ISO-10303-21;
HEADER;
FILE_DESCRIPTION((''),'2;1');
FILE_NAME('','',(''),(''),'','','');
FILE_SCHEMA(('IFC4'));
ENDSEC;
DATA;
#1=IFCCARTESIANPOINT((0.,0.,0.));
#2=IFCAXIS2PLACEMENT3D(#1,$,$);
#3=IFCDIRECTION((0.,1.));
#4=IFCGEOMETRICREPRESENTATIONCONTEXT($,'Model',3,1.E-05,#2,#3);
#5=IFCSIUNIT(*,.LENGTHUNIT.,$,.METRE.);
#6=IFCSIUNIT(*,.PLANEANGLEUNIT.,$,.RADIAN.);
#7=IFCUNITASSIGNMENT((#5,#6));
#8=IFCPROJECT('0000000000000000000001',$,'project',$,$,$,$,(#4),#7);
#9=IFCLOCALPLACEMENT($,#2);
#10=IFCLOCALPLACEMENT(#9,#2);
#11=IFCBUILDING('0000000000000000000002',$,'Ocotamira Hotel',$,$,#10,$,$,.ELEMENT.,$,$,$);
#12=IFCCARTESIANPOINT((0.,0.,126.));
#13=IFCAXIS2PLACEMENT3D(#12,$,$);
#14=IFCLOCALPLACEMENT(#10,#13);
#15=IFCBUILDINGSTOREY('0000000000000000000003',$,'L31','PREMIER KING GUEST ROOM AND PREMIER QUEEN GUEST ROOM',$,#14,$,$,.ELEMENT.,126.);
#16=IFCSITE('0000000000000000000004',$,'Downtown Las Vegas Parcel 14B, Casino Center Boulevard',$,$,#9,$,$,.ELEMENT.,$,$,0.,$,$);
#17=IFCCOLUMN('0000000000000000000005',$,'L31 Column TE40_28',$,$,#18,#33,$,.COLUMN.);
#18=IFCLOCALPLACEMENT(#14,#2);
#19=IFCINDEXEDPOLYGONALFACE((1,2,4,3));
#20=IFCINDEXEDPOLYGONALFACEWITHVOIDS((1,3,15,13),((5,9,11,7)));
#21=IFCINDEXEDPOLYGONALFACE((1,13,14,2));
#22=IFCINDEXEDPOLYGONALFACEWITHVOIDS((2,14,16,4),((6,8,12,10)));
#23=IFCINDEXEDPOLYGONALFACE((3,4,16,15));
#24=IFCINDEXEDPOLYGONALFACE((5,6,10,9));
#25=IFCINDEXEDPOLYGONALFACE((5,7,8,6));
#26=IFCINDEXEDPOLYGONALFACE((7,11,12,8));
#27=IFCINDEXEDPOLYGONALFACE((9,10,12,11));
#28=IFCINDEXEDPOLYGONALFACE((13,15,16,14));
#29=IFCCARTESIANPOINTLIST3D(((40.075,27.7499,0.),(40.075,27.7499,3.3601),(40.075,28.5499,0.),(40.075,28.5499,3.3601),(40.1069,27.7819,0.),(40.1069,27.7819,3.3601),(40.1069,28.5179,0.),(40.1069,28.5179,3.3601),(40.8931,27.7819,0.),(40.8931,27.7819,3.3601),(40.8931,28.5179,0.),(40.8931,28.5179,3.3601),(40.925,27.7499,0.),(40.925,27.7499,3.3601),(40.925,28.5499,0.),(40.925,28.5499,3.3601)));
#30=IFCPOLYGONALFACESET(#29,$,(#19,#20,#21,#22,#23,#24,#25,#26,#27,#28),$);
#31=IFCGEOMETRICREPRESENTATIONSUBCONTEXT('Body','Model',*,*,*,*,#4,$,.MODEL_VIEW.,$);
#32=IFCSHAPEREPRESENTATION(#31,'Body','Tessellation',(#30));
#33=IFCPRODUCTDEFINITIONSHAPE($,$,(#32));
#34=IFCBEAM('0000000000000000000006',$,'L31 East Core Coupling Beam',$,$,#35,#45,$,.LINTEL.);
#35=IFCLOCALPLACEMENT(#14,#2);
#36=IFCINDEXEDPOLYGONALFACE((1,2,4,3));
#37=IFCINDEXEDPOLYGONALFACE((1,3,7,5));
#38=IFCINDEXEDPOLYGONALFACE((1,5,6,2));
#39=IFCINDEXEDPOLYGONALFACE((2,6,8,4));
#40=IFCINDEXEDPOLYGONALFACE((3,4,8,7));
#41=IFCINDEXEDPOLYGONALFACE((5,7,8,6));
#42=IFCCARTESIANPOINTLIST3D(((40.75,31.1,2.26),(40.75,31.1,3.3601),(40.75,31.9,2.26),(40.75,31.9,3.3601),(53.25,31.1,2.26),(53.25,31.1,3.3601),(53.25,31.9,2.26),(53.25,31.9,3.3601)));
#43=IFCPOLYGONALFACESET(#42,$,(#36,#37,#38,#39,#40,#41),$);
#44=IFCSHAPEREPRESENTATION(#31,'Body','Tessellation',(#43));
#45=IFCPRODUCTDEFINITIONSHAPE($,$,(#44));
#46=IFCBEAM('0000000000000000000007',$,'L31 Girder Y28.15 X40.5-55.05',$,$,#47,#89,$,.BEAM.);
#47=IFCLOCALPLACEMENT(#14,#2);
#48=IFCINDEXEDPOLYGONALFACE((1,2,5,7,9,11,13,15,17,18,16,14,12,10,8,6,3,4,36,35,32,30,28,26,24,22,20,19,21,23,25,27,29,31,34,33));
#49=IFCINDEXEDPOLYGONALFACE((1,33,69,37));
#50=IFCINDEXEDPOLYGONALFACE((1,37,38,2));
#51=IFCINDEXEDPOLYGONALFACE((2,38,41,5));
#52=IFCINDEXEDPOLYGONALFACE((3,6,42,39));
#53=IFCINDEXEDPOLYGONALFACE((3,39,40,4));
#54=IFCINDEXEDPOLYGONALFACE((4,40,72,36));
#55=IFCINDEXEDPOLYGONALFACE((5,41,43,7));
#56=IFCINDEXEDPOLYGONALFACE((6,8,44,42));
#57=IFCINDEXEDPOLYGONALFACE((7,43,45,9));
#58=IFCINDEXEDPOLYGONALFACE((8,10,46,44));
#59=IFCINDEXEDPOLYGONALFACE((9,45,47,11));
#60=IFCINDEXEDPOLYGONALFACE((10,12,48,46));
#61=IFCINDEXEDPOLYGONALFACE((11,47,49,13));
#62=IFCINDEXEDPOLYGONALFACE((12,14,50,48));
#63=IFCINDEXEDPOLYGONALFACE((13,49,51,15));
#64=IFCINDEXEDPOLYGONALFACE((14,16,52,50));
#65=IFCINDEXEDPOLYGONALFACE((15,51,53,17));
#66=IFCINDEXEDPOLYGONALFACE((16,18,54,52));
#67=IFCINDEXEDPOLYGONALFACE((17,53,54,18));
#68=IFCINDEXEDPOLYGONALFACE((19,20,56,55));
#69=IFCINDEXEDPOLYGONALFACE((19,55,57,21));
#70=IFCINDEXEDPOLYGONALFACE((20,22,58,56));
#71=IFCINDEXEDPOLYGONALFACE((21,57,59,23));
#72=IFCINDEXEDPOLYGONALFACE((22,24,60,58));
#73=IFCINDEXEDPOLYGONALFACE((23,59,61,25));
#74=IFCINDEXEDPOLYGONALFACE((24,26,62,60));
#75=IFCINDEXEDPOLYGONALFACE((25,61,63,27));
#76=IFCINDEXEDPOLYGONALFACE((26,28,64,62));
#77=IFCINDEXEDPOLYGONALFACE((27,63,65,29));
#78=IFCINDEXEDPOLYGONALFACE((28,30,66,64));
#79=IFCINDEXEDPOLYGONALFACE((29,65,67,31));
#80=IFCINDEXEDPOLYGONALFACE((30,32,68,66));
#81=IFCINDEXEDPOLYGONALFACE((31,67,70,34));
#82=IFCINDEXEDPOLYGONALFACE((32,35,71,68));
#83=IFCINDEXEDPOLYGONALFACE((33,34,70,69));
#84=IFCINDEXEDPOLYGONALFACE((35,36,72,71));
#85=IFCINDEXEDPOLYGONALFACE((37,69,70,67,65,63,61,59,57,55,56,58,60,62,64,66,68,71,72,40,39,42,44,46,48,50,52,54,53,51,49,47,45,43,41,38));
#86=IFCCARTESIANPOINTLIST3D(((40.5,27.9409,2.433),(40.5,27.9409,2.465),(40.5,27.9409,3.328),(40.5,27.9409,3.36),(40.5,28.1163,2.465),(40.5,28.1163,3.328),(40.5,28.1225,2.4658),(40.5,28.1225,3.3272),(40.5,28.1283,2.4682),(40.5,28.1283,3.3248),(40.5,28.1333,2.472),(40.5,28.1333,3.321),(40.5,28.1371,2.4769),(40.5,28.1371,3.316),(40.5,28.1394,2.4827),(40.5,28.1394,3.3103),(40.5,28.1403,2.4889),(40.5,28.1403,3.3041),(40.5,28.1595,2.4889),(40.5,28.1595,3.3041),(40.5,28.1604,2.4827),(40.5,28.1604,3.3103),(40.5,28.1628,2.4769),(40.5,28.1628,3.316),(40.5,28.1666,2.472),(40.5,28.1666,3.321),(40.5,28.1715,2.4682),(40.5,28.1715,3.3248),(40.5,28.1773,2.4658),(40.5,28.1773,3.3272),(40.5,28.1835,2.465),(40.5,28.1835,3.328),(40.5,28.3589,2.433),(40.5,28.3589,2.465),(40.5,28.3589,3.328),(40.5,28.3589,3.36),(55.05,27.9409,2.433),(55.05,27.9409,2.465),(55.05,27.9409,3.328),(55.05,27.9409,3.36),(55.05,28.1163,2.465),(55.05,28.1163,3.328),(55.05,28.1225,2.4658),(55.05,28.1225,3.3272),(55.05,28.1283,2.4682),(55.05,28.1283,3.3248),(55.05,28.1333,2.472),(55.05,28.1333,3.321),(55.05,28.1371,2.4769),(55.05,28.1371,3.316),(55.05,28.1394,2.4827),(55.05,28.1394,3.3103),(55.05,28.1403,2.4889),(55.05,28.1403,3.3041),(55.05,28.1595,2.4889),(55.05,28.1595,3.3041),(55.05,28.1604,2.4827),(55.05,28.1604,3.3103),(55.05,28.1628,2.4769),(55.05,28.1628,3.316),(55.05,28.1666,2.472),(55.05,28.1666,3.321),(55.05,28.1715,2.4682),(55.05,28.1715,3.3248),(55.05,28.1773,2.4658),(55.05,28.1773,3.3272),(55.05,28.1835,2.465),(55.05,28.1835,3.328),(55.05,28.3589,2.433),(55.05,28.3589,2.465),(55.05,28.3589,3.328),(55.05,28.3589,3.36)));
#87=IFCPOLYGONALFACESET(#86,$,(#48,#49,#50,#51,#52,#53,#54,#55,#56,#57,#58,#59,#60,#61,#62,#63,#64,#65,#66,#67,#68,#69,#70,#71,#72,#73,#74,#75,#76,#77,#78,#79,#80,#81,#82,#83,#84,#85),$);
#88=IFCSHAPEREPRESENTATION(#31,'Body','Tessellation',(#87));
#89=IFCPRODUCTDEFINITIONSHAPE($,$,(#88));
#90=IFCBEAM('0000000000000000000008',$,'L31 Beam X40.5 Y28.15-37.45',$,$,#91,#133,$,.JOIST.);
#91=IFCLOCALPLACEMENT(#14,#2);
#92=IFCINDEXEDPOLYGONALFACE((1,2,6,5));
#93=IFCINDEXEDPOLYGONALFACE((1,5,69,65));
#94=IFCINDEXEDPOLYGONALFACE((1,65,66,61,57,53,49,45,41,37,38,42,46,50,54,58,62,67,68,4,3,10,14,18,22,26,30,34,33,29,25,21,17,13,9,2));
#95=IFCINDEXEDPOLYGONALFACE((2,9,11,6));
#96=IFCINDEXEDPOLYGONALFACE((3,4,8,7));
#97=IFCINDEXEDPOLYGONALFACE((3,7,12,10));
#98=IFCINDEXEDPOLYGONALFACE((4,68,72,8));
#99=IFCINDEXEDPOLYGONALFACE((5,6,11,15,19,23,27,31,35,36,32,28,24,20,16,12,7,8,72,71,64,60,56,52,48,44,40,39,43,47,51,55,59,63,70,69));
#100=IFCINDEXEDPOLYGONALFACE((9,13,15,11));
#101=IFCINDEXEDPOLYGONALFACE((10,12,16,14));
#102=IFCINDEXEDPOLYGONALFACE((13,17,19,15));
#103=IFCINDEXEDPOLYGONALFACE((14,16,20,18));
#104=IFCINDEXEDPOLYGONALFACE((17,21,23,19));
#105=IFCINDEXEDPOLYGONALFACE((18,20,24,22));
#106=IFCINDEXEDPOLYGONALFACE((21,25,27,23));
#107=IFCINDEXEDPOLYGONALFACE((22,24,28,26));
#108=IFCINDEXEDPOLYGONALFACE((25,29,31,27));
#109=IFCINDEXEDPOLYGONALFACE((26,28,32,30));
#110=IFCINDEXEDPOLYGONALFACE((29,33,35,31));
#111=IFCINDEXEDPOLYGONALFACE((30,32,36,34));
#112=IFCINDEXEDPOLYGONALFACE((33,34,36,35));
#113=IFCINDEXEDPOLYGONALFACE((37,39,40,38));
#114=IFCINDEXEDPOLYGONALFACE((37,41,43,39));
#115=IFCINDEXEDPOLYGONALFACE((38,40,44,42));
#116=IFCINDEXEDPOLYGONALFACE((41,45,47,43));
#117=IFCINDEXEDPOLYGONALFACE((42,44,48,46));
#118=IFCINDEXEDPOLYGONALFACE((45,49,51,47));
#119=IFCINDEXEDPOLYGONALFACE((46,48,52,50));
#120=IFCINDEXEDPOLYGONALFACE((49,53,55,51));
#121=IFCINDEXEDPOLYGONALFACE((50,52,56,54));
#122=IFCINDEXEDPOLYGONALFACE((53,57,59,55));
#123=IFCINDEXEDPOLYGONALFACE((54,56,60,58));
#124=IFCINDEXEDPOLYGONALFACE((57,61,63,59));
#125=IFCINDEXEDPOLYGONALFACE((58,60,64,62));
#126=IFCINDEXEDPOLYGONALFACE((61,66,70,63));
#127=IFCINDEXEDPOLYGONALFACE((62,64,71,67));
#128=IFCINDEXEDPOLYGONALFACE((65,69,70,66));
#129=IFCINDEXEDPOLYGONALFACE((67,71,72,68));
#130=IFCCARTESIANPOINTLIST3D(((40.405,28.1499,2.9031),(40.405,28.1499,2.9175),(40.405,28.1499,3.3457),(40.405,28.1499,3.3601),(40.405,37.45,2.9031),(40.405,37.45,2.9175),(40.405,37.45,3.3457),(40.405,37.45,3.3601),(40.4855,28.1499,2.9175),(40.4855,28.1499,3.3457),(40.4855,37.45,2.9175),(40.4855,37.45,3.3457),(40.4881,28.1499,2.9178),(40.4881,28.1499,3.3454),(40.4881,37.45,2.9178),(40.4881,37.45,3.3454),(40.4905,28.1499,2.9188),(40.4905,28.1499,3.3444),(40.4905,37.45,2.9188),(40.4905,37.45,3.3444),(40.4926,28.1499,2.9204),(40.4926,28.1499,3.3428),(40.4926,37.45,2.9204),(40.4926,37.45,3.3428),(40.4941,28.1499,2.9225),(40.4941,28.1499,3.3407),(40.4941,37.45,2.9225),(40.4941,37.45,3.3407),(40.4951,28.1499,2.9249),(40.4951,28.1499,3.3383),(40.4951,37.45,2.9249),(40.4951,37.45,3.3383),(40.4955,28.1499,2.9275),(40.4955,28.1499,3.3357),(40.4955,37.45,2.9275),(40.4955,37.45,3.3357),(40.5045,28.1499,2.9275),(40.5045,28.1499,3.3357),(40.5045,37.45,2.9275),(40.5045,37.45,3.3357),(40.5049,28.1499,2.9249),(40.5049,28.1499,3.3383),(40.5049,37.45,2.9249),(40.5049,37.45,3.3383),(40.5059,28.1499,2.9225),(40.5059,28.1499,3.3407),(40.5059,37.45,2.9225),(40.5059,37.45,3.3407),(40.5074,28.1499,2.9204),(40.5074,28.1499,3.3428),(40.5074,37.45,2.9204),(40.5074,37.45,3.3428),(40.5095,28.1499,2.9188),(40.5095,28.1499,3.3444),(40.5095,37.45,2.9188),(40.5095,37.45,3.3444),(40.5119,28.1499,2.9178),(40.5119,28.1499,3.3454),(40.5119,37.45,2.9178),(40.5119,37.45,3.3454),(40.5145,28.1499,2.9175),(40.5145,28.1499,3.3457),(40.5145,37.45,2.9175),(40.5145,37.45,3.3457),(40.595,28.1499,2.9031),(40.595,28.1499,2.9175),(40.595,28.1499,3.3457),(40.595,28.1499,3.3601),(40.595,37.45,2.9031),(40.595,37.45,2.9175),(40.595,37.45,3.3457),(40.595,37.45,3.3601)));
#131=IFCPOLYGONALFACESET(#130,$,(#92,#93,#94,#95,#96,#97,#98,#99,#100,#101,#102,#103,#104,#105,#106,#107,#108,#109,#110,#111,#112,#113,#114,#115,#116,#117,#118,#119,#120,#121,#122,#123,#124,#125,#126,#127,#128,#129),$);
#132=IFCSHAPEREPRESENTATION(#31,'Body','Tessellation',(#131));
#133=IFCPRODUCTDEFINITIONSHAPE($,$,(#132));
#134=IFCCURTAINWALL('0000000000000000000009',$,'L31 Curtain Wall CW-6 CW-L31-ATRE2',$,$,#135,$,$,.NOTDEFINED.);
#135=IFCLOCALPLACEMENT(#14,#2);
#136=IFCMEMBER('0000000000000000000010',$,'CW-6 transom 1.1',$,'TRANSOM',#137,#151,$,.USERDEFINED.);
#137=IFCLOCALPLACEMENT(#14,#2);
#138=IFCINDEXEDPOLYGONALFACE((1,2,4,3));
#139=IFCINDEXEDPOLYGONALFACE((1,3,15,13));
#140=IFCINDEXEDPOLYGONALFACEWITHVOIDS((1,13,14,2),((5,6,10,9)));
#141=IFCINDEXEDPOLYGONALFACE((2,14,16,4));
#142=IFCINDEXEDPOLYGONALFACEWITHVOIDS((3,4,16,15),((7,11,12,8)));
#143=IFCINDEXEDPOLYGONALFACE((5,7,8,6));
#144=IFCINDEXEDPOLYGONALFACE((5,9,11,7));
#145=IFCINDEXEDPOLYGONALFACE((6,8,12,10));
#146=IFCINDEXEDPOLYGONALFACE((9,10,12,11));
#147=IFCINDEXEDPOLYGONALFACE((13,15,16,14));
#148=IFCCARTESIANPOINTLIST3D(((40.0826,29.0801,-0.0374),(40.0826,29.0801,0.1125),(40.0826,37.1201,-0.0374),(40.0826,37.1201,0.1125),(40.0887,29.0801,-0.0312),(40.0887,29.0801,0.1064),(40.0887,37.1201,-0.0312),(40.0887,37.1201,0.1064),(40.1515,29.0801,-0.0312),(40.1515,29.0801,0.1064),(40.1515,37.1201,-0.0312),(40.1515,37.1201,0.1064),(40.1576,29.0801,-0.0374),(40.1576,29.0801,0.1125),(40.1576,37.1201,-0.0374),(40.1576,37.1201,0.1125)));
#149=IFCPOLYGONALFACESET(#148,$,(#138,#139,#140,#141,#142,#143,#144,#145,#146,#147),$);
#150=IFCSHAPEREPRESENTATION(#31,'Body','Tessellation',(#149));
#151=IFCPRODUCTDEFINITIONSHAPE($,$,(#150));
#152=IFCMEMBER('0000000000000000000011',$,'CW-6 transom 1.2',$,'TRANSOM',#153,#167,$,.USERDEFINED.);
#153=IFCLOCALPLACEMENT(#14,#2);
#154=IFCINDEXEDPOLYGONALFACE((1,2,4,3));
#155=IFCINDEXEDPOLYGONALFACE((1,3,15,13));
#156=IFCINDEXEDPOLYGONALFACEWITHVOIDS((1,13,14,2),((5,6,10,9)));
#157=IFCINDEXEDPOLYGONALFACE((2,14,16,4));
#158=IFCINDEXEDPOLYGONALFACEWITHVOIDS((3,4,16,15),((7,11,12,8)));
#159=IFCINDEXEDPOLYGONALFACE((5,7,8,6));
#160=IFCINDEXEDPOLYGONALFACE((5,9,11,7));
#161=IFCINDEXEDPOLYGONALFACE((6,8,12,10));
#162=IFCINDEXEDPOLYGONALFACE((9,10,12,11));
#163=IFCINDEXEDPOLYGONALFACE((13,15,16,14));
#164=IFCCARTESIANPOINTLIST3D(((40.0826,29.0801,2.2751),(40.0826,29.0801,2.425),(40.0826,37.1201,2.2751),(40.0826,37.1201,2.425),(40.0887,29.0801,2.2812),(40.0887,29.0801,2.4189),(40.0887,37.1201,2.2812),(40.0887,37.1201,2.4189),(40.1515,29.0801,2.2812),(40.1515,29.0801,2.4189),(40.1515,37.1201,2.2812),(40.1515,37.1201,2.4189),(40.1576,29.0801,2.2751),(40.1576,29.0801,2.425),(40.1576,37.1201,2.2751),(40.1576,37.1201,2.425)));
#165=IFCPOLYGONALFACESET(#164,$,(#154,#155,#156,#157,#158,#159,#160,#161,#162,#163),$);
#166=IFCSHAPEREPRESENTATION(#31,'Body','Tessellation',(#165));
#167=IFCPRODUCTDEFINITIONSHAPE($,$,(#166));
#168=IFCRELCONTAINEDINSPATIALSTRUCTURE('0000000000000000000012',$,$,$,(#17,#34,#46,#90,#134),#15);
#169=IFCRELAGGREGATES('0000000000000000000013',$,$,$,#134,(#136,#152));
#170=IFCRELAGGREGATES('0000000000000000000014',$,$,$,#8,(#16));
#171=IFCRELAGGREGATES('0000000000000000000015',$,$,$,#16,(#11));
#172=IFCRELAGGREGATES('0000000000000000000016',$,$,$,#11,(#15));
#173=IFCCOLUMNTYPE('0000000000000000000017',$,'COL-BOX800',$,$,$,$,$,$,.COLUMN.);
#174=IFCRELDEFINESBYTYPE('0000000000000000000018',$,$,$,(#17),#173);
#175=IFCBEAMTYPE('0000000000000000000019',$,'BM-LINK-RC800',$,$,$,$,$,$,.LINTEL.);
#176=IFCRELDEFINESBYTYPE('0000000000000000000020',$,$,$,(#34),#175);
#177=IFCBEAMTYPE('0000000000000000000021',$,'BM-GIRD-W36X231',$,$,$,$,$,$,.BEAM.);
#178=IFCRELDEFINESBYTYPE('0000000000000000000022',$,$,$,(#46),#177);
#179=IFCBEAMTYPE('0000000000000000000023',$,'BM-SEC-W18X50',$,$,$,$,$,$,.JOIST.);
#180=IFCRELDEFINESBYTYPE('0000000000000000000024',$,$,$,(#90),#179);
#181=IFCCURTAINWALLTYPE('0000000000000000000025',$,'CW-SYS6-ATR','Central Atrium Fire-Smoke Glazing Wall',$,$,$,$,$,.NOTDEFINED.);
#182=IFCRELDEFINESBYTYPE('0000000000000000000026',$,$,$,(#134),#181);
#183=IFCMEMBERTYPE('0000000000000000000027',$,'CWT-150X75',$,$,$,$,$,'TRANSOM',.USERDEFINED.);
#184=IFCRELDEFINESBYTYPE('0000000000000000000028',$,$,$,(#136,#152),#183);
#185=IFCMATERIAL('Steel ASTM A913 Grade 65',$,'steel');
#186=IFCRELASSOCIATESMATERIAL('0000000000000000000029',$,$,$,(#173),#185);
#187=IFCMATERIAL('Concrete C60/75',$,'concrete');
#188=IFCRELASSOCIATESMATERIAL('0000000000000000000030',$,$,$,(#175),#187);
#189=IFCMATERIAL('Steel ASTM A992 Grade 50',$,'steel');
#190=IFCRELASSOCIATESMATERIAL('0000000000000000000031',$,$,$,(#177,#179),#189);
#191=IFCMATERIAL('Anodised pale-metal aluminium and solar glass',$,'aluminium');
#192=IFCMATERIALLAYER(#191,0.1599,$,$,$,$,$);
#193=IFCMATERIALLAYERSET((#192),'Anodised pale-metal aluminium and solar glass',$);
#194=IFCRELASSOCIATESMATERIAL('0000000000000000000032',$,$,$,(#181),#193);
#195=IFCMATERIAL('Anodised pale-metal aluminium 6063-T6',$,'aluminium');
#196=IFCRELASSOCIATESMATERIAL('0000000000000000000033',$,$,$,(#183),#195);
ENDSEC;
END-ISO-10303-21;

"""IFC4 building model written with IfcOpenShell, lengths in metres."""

from ifc_helpers import new_model, si_unit, direction, frame, origin, origin_2d, place, context, subcontext, project, spatial, rectangle, hollow_rectangle, i_section, extrude, source, transform, mapped, material, layer, layer_set, material_profile, profile_set, type_object, element, aggregate, save


model = new_model("IFC4")

# Units and contexts
model_context = context("Model", 3, precision=1e-05, world=origin(), true_north=direction((0.0, 1.0)))
body_context = subcontext(model_context, "Body", "Model", "MODEL_VIEW")
ifc_project = project(units=[si_unit("LENGTHUNIT", "METRE"), si_unit("PLANEANGLEUNIT", "RADIAN")], contexts=[model_context])

# Site, building, storey
site_placement = place(None, origin())
site = spatial("IfcSite", under=ifc_project, at=site_placement, Name="Downtown Las Vegas Parcel 14B, Casino Center Boulevard", CompositionType="ELEMENT", RefElevation=0.0)
building_placement = place(site_placement, origin())
building = spatial("IfcBuilding", under=site, at=building_placement, Name="Ocotamira Hotel", CompositionType="ELEMENT")
storey_placement = place(building_placement, frame((0.0, 0.0, 126.0)))
storey = spatial("IfcBuildingStorey", under=building, at=storey_placement, Name="L31", Description="PREMIER KING GUEST ROOM AND PREMIER QUEEN GUEST ROOM", CompositionType="ELEMENT", Elevation=126.0)

# Column
ifc_material_1 = material(Name="Steel ASTM A913 Grade 65", Category="steel")
ifc_material_profile_1 = material_profile(ifc_material_1, hollow_rectangle(XDim=0.8501, YDim=0.8, WallThickness=0.032, at=origin_2d()), Name="BOX800X850X32")
ifc_profile_set_1 = profile_set([ifc_material_profile_1], Name="Steel ASTM A913 Grade 65")
column_type = type_object("IfcColumnType", Name="COL-BOX800", PredefinedType="COLUMN", material=ifc_profile_set_1)
shared_shape_1 = source(origin(), body_context, "Body", "SweptSolid", [
    extrude(hollow_rectangle(XDim=0.8501, YDim=0.8, WallThickness=0.032, at=origin_2d()), origin(), (0.0, 0.0, 1.0), 3.3601),
])
column_placement = place(storey_placement, frame((40.5, 28.1499, 0.0), z_axis=(0.0, 0.0, 1.0), x_axis=(1.0, 0.0, 0.0)))
element("IfcColumn", 1, at=column_placement, inside=storey, type_object=column_type, Name="L31 Column TE40_28", PredefinedType="COLUMN", context=body_context, shape_type="MappedRepresentation", body=[
    mapped(shared_shape_1, transform((0.0, 0.0, 0.0), scale=1.0)),
])

# Beams
ifc_material_2 = material(Name="Concrete C60/75", Category="concrete")
ifc_material_profile_2 = material_profile(ifc_material_2, rectangle(XDim=0.8, YDim=1.1001, at=origin_2d()), Name="RC800X1100")
ifc_profile_set_2 = profile_set([ifc_material_profile_2], Name="Concrete C60/75")
beam_type_1 = type_object("IfcBeamType", Name="BM-LINK-RC800", PredefinedType="LINTEL", material=ifc_profile_set_2)
shared_shape_2 = source(origin(), body_context, "Body", "SweptSolid", [
    extrude(rectangle(XDim=0.8, YDim=1.1001, at=origin_2d()), origin(), (0.0, 0.0, 1.0), 12.5),
])
beam_1_placement = place(storey_placement, frame((40.75, 31.5, 2.8101), z_axis=(1.0, 0.0, 0.0), x_axis=(0.0, 1.0, 0.0)))
element("IfcBeam", 2, at=beam_1_placement, inside=storey, type_object=beam_type_1, Name="L31 East Core Coupling Beam", PredefinedType="LINTEL", context=body_context, shape_type="MappedRepresentation", body=[
    mapped(shared_shape_2, transform((0.0, 0.0, 0.0), scale=1.0)),
])
ifc_material_3 = material(Name="Steel ASTM A992 Grade 50", Category="steel")
ifc_material_profile_3 = material_profile(ifc_material_3, i_section(OverallWidth=0.418, OverallDepth=0.927, WebThickness=0.0193, FlangeThickness=0.032, FilletRadius=0.0239, at=origin_2d()), Name="W36X231")
ifc_profile_set_3 = profile_set([ifc_material_profile_3], Name="Steel ASTM A992 Grade 50")
beam_type_2 = type_object("IfcBeamType", Name="BM-GIRD-W36X231", PredefinedType="BEAM", material=ifc_profile_set_3)
shared_shape_3 = source(origin(), body_context, "Body", "SweptSolid", [
    extrude(i_section(OverallWidth=0.418, OverallDepth=0.927, WebThickness=0.0193, FlangeThickness=0.032, FilletRadius=0.0239, at=origin_2d()), origin(), (0.0, 0.0, 1.0), 14.55),
])
beam_2_placement = place(storey_placement, frame((40.5, 28.1499, 2.8965), z_axis=(1.0, 0.0, 0.0), x_axis=(0.0, 1.0, 0.0)))
element("IfcBeam", 3, at=beam_2_placement, inside=storey, type_object=beam_type_2, Name="L31 Girder Y28.15 X40.5-55.05", PredefinedType="BEAM", context=body_context, shape_type="MappedRepresentation", body=[
    mapped(shared_shape_3, transform((0.0, 0.0, 0.0), scale=1.0)),
])
ifc_material_profile_4 = material_profile(ifc_material_3, i_section(OverallWidth=0.1899, OverallDepth=0.457, WebThickness=0.009, FlangeThickness=0.0144, FilletRadius=0.01, at=origin_2d()), Name="W18X50")
ifc_profile_set_4 = profile_set([ifc_material_profile_4], Name="Steel ASTM A992 Grade 50")
beam_type_3 = type_object("IfcBeamType", Name="BM-SEC-W18X50", PredefinedType="JOIST", material=ifc_profile_set_4)
shared_shape_4 = source(origin(), body_context, "Body", "SweptSolid", [
    extrude(i_section(OverallWidth=0.1899, OverallDepth=0.457, WebThickness=0.009, FlangeThickness=0.0144, FilletRadius=0.01, at=origin_2d()), origin(), (0.0, 0.0, 1.0), 9.3),
])
beam_3_placement = place(storey_placement, frame((40.5, 28.1499, 3.1316), z_axis=(0.0, 1.0, 0.0), x_axis=(-1.0, 0.0, 0.0)))
element("IfcBeam", 4, at=beam_3_placement, inside=storey, type_object=beam_type_3, Name="L31 Beam X40.5 Y28.15-37.45", PredefinedType="JOIST", context=body_context, shape_type="MappedRepresentation", body=[
    mapped(shared_shape_4, transform((0.0, 0.0, 0.0), scale=1.0)),
])

# Curtain wall, members
ifc_material_4 = material(Name="Anodised pale-metal aluminium and solar glass", Category="aluminium")
ifc_layer_1 = layer(ifc_material_4, 0.1599)
ifc_layer_set_1 = layer_set([ifc_layer_1], Name="Anodised pale-metal aluminium and solar glass")
curtain_wall_type = type_object("IfcCurtainWallType", Name="CW-SYS6-ATR", Description="Central Atrium Fire-Smoke Glazing Wall", PredefinedType="NOTDEFINED", material=ifc_layer_set_1)
curtain_wall_placement = place(storey_placement, origin())
curtain_wall = element("IfcCurtainWall", 5, at=curtain_wall_placement, inside=storey, type_object=curtain_wall_type, Name="L31 Curtain Wall CW-6 CW-L31-ATRE2", PredefinedType="NOTDEFINED")
ifc_material_5 = material(Name="Anodised pale-metal aluminium 6063-T6", Category="aluminium")
ifc_material_profile_5 = material_profile(ifc_material_5, hollow_rectangle(XDim=0.075, YDim=0.1499, WallThickness=0.0061, at=origin_2d()), Name="HSS150X75X6")
ifc_profile_set_5 = profile_set([ifc_material_profile_5], Name="Anodised pale-metal aluminium 6063-T6")
member_type_1 = type_object("IfcMemberType", Name="CWT-150X75", ElementType="TRANSOM", PredefinedType="USERDEFINED", material=ifc_profile_set_5)
shared_shape_5 = source(origin(), body_context, "Body", "SweptSolid", [
    extrude(hollow_rectangle(XDim=0.075, YDim=0.1499, WallThickness=0.0061, at=origin_2d()), origin(), (0.0, 0.0, 1.0), 8.04),
])
member_1_placement = place(storey_placement, frame((40.1201, 29.0801, 0.0376), z_axis=(0.0, 1.0, 0.0), x_axis=(-1.0, 0.0, 0.0)))
member_1 = element("IfcMember", 6, at=member_1_placement, type_object=member_type_1, Name="CW-6 transom 1.1", ObjectType="TRANSOM", PredefinedType="USERDEFINED", context=body_context, shape_type="MappedRepresentation", body=[
    mapped(shared_shape_5, transform((0.0, 0.0, 0.0), scale=1.0)),
])
member_2_placement = place(storey_placement, frame((40.1201, 29.0801, 2.3501), z_axis=(0.0, 1.0, 0.0), x_axis=(-1.0, 0.0, 0.0)))
member_2 = element("IfcMember", 7, at=member_2_placement, type_object=member_type_1, Name="CW-6 transom 1.2", ObjectType="TRANSOM", PredefinedType="USERDEFINED", context=body_context, shape_type="MappedRepresentation", body=[
    mapped(shared_shape_5, transform((0.0, 0.0, 0.0), scale=1.0)),
])
aggregate(curtain_wall, [member_1, member_2])

save(model, "model.ifc")
